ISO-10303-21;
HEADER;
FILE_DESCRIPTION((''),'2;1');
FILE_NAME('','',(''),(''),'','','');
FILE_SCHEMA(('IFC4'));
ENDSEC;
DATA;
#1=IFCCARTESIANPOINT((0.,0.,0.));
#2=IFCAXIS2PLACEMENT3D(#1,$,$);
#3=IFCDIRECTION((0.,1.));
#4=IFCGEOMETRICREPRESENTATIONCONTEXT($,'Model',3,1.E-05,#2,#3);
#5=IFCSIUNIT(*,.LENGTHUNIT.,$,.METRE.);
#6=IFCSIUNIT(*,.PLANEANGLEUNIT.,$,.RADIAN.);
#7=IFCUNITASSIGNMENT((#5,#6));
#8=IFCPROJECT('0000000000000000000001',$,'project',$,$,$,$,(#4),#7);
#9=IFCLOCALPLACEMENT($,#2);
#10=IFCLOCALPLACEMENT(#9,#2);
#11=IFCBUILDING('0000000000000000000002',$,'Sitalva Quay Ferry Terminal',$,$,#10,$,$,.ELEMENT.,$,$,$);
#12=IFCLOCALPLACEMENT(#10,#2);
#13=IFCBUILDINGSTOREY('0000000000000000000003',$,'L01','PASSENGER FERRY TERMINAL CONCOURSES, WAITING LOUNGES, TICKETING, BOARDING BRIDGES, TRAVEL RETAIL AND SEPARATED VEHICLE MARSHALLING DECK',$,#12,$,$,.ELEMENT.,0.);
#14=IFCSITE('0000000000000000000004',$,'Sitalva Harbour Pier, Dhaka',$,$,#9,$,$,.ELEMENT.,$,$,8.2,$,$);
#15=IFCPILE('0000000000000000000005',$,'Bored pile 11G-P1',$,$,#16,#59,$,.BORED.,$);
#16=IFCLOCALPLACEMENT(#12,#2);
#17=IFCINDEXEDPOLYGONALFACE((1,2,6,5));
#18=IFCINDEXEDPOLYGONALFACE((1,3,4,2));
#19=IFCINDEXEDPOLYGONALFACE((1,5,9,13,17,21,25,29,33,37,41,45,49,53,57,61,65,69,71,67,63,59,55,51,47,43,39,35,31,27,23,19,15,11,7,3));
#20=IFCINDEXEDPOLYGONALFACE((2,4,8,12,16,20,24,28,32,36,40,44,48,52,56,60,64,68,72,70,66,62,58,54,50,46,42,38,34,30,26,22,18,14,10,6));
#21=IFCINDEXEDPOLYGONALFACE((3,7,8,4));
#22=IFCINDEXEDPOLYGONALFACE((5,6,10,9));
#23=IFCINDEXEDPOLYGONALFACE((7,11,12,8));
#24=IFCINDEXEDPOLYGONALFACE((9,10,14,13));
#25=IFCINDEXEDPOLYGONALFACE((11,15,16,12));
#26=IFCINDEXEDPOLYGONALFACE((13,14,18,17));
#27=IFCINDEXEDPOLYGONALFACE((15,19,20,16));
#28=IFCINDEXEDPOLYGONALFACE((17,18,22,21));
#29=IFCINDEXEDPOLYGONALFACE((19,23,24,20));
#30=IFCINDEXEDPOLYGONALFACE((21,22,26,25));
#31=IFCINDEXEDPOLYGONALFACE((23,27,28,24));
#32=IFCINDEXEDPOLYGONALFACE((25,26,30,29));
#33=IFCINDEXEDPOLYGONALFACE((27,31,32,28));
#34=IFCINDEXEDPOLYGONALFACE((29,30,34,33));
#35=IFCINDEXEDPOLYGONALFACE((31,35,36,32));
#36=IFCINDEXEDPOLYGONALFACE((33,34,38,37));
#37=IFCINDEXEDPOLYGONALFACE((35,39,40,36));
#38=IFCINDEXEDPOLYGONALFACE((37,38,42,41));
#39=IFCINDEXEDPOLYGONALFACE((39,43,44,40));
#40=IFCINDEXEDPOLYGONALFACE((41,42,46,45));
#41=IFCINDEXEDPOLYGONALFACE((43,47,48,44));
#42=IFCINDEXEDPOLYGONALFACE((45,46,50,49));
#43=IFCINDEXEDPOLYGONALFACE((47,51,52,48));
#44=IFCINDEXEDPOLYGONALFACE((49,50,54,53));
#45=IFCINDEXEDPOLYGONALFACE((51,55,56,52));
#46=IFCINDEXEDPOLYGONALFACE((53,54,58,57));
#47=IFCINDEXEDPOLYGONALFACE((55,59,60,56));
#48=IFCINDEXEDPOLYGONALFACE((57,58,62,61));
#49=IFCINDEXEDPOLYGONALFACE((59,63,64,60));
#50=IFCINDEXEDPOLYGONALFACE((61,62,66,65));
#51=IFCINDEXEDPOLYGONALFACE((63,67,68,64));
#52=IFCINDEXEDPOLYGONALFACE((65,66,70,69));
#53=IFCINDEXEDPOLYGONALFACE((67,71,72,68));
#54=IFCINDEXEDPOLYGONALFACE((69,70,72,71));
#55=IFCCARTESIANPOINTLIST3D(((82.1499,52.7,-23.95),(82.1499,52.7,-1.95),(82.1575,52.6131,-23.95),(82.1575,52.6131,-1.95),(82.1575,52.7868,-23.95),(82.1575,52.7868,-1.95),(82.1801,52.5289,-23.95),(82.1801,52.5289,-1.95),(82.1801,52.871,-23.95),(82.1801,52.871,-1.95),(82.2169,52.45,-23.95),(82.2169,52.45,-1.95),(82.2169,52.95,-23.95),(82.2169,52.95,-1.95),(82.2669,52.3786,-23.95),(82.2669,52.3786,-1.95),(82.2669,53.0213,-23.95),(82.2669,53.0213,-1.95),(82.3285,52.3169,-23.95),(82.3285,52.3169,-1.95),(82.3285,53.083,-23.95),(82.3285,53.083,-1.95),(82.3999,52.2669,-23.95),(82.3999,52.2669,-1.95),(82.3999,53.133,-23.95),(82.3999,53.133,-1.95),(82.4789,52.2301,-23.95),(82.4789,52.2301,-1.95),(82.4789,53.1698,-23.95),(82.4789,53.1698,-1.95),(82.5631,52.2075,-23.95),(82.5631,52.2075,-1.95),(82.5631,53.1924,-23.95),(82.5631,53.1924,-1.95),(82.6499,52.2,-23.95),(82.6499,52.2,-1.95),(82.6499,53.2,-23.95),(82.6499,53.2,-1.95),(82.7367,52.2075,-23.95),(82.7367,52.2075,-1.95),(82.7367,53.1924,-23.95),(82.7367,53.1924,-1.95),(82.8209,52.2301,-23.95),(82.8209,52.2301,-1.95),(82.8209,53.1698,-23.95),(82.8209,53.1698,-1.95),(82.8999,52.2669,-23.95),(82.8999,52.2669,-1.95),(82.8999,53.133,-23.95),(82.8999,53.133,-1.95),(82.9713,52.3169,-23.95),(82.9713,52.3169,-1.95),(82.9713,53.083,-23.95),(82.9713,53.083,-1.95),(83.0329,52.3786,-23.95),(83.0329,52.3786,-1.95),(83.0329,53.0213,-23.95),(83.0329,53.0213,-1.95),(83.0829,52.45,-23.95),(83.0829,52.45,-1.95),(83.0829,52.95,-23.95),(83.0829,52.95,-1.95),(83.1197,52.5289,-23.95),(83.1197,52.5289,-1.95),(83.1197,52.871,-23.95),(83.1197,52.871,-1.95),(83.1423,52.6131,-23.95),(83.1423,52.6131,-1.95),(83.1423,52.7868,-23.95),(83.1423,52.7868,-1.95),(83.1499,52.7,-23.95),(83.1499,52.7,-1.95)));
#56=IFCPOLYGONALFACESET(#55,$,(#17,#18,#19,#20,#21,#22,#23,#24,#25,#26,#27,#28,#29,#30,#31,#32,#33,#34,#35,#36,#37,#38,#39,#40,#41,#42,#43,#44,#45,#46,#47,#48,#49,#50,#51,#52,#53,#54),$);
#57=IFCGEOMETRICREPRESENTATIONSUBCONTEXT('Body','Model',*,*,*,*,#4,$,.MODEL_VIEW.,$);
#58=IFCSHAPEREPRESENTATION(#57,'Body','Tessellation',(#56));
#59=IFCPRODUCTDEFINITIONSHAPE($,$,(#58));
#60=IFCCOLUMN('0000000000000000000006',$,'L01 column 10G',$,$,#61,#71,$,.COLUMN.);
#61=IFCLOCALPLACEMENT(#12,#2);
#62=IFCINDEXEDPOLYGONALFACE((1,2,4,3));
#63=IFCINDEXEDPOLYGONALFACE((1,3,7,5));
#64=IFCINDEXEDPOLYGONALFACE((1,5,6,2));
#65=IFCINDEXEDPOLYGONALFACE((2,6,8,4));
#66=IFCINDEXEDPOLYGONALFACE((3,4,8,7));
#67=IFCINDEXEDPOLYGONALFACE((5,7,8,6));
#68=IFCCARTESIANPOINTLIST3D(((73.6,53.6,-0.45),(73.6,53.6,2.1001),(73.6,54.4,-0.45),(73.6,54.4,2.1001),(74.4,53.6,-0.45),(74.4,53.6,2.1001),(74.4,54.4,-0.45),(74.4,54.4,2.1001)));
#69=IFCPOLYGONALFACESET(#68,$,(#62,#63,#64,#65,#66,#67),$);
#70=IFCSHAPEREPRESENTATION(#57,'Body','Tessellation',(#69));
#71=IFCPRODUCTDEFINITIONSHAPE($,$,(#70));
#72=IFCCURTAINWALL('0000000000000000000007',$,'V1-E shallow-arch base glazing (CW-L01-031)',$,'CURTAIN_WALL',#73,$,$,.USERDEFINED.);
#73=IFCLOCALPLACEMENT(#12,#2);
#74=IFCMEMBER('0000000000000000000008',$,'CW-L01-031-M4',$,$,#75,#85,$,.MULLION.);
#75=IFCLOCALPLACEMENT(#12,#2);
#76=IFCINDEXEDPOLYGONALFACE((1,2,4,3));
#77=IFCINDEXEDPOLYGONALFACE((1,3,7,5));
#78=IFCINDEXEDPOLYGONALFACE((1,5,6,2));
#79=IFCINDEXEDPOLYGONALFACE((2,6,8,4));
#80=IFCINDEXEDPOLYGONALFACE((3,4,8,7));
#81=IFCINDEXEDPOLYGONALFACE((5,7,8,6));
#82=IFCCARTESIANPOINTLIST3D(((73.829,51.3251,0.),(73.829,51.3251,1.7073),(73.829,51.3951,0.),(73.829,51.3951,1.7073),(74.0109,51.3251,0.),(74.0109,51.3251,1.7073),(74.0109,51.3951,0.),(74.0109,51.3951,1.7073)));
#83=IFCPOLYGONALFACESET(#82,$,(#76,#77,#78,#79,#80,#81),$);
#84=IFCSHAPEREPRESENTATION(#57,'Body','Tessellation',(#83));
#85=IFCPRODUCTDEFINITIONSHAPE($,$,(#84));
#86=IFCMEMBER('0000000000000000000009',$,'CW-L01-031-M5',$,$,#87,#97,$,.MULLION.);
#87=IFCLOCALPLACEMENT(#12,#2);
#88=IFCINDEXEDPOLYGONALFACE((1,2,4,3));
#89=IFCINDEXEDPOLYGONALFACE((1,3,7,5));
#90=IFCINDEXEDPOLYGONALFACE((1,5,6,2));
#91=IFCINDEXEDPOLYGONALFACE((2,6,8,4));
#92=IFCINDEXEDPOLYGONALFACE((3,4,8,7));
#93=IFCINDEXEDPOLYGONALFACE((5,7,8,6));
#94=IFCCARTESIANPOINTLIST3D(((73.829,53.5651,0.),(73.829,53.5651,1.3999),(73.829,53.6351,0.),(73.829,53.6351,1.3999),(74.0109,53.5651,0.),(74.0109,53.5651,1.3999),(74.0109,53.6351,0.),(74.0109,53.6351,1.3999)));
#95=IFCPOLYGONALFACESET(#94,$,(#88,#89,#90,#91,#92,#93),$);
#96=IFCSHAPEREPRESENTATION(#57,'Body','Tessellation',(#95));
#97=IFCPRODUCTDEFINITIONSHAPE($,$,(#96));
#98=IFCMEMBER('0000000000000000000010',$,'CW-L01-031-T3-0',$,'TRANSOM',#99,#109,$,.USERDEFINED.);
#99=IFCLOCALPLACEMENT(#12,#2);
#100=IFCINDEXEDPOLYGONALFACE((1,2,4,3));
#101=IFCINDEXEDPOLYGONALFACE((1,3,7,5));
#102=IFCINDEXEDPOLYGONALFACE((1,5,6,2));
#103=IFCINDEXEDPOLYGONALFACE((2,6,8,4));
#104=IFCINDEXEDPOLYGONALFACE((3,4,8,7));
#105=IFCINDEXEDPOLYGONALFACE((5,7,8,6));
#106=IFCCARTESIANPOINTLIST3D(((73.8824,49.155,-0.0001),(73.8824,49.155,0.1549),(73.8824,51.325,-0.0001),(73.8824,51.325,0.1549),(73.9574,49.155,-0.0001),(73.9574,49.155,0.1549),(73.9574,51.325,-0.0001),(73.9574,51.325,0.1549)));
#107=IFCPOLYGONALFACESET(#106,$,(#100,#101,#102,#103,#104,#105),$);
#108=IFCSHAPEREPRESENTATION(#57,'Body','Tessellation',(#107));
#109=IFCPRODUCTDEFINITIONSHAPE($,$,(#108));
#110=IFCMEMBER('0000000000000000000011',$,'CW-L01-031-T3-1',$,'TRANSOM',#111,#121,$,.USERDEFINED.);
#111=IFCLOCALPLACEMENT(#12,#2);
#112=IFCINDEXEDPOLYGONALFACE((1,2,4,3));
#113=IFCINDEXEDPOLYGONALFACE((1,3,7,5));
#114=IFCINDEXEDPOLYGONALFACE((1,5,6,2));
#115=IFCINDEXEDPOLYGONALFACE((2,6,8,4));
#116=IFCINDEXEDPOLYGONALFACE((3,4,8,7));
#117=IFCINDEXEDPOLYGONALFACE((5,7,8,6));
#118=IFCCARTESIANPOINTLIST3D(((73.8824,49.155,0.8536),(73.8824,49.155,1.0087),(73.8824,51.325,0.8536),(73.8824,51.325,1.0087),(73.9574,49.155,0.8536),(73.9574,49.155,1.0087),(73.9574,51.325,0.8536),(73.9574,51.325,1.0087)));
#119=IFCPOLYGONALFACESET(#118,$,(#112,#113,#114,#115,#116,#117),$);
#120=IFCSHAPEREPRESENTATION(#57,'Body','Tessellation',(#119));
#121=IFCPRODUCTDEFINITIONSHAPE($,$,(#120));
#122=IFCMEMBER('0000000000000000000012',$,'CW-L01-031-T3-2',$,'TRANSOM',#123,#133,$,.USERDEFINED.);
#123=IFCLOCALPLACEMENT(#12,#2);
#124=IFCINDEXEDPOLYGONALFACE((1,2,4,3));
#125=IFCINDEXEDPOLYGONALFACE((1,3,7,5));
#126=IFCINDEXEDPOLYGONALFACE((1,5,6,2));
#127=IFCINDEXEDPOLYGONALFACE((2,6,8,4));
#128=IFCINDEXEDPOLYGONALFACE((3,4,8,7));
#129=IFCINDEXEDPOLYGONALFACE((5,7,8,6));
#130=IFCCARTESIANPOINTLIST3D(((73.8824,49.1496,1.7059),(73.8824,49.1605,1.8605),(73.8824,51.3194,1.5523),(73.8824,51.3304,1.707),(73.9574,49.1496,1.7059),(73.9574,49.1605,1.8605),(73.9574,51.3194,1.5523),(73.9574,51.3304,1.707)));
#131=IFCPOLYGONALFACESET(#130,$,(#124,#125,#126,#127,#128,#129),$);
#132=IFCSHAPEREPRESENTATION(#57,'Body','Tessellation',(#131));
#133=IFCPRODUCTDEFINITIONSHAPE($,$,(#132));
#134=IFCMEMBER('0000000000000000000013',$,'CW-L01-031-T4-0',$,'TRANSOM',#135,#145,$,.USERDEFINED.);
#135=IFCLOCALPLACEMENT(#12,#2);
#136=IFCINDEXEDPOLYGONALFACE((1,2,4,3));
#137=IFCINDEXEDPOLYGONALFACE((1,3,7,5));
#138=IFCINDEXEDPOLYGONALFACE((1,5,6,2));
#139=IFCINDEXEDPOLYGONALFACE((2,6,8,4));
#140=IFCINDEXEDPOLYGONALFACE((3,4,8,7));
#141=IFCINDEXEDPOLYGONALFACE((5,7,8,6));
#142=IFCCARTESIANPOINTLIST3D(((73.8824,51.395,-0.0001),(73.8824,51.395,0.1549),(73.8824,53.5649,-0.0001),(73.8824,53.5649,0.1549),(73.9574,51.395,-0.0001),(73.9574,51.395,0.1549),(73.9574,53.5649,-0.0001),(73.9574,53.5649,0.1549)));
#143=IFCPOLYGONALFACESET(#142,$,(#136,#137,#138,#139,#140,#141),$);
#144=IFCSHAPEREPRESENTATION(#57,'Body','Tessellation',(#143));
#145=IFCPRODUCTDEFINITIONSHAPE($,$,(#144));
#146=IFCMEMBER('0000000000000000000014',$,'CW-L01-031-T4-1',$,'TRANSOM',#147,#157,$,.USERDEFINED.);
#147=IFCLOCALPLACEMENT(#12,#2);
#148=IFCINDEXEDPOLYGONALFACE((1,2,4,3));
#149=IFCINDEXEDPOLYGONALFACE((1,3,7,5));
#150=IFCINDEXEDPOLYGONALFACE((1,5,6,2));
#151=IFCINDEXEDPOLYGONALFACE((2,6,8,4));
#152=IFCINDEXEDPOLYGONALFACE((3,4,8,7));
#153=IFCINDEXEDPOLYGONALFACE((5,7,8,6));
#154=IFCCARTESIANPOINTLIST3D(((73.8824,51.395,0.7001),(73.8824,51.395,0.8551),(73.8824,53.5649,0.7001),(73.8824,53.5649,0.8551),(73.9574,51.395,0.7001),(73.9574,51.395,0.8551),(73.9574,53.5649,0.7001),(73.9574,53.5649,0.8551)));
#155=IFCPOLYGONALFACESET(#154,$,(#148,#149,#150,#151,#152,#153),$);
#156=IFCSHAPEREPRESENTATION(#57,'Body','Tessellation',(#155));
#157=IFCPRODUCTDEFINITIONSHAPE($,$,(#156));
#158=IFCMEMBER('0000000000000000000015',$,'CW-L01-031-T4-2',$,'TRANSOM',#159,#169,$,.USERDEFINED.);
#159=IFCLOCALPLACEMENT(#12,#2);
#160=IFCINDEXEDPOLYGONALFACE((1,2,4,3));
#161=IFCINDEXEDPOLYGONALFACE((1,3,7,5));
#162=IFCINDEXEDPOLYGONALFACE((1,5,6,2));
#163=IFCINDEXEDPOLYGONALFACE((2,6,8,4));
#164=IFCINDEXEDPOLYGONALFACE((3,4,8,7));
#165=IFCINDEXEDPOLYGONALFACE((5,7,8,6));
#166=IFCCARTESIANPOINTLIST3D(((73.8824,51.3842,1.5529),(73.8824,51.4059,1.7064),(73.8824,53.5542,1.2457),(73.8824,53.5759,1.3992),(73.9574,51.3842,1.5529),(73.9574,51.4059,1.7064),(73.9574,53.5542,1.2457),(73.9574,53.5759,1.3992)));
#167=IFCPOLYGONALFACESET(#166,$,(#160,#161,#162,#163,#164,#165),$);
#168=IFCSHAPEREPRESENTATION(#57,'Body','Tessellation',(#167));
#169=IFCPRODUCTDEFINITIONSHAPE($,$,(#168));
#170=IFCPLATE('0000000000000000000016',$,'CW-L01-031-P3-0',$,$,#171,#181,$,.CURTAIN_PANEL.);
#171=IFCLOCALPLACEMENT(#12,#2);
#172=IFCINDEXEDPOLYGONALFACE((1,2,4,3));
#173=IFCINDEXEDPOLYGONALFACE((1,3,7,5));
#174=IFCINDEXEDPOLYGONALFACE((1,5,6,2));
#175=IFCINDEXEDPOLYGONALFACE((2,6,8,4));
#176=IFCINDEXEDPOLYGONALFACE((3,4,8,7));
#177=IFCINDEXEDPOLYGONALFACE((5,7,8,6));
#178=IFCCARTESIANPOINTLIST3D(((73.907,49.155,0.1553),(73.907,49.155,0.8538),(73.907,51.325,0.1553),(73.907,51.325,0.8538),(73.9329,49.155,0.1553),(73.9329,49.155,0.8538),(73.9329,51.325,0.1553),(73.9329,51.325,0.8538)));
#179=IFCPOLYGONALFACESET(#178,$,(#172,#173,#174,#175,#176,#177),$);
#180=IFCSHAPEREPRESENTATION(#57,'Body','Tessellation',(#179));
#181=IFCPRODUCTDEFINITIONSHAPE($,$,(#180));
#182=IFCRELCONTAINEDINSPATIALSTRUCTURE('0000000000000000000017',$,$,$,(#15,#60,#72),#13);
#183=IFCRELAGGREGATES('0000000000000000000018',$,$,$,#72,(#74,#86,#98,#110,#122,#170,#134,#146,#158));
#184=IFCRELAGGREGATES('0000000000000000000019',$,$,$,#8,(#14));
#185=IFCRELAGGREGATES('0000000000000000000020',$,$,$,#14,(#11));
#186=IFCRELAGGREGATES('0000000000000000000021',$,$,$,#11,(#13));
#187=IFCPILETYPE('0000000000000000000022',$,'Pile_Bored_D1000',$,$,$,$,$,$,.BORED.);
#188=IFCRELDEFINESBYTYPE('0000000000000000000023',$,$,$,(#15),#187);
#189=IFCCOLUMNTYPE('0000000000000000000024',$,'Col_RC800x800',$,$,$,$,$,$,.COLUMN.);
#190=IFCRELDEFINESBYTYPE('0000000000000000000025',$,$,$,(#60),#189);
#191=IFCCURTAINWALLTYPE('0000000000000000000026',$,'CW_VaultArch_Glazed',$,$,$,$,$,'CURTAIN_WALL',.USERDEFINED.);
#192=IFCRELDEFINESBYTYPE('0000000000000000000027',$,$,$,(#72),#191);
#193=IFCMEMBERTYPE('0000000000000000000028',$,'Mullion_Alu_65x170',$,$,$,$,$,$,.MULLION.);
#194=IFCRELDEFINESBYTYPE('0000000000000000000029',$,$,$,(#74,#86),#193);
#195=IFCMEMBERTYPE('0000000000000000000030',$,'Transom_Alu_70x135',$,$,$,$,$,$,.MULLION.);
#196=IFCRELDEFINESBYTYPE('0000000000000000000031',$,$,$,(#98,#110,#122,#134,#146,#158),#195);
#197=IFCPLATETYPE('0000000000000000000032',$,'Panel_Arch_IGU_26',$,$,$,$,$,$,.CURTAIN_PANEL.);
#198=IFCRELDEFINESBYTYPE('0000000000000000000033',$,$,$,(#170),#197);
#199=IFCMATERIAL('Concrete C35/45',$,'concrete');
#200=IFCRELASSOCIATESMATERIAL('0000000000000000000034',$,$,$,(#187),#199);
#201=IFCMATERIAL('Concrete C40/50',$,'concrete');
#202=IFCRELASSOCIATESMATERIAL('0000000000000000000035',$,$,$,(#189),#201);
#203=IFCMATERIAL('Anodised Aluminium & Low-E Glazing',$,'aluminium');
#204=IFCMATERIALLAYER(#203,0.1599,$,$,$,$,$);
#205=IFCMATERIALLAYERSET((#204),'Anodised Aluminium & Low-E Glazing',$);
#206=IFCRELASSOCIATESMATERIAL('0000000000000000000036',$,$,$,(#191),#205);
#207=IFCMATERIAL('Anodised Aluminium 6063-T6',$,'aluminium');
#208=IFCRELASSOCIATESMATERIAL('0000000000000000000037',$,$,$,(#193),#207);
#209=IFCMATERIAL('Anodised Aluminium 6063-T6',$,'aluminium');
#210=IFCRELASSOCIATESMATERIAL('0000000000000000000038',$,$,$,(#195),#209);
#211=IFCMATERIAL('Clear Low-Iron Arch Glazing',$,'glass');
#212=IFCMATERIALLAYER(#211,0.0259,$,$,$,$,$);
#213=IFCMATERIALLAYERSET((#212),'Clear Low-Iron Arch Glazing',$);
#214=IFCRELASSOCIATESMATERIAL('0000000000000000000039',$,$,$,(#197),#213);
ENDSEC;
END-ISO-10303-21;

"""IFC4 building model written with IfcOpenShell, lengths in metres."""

from ifc_helpers import new_model, si_unit, direction, frame, origin, origin_2d, place, context, subcontext, project, spatial, rectangle, circle, extrude, material, layer, layer_set, material_profile, profile_set, type_object, element, aggregate, save


model = new_model("IFC4")

# Units and contexts
model_context = context("Model", 3, precision=1e-05, world=origin(), true_north=direction((0.0, 1.0)))
body_context = subcontext(model_context, "Body", "Model", "MODEL_VIEW")
ifc_project = project(units=[si_unit("LENGTHUNIT", "METRE"), si_unit("PLANEANGLEUNIT", "RADIAN")], contexts=[model_context])

# Site, building, storey
site_placement = place(None, origin())
site = spatial("IfcSite", under=ifc_project, at=site_placement, Name="Sitalva Harbour Pier, Dhaka", CompositionType="ELEMENT", RefElevation=8.2)
building_placement = place(site_placement, origin())
building = spatial("IfcBuilding", under=site, at=building_placement, Name="Sitalva Quay Ferry Terminal", CompositionType="ELEMENT")
storey_placement = place(building_placement, origin())
storey = spatial("IfcBuildingStorey", under=building, at=storey_placement, Name="L01", Description="PASSENGER FERRY TERMINAL CONCOURSES, WAITING LOUNGES, TICKETING, BOARDING BRIDGES, TRAVEL RETAIL AND SEPARATED VEHICLE MARSHALLING DECK", CompositionType="ELEMENT", Elevation=0.0)

# Pile
ifc_material_1 = material(Name="Concrete C35/45", Category="concrete")
ifc_material_profile_1 = material_profile(ifc_material_1, circle(Radius=0.5, at=origin_2d()), Name="PILE-D1000")
ifc_profile_set_1 = profile_set([ifc_material_profile_1], Name="Concrete C35/45")
pile_type = type_object("IfcPileType", Name="Pile_Bored_D1000", PredefinedType="BORED", material=ifc_profile_set_1)
for number, where, z_axis, x_axis, name in (
    (1, (82.6499, 52.7, -1.95), (0.0, 0.0, -1.0), (1.0, 0.0, 0.0), "Bored pile 11G-P1"),
):
    element("IfcPile", number, at=place(storey_placement, frame(where, z_axis=z_axis, x_axis=x_axis)), inside=storey, type_object=pile_type, Name=name, PredefinedType="BORED", context=body_context, shape_type="SweptSolid", body=[
        extrude(circle(Radius=0.5, at=origin_2d()), origin(), (0.0, 0.0, 1.0), 22.0),
    ])

# Column
ifc_material_2 = material(Name="Concrete C40/50", Category="concrete")
ifc_material_profile_2 = material_profile(ifc_material_2, rectangle(XDim=0.8, YDim=0.8, at=origin_2d()), Name="RC800x800")
ifc_profile_set_2 = profile_set([ifc_material_profile_2], Name="Concrete C40/50")
column_type = type_object("IfcColumnType", Name="Col_RC800x800", PredefinedType="COLUMN", material=ifc_profile_set_2)
column_placement = place(storey_placement, frame((74.0, 54.0, -0.45), z_axis=(0.0, 0.0, 1.0), x_axis=(1.0, 0.0, 0.0)))
element("IfcColumn", 2, at=column_placement, inside=storey, type_object=column_type, Name="L01 column 10G", PredefinedType="COLUMN", context=body_context, shape_type="SweptSolid", body=[
    extrude(rectangle(XDim=0.8, YDim=0.8, at=origin_2d()), origin(), (0.0, 0.0, 1.0), 2.55),
])

# Curtain wall, members, plate
ifc_material_3 = material(Name="Anodised Aluminium & Low-E Glazing", Category="aluminium")
ifc_layer_1 = layer(ifc_material_3, 0.1599)
ifc_layer_set_1 = layer_set([ifc_layer_1], Name="Anodised Aluminium & Low-E Glazing")
curtain_wall_type = type_object("IfcCurtainWallType", Name="CW_VaultArch_Glazed", ElementType="CURTAIN_WALL", PredefinedType="USERDEFINED", material=ifc_layer_set_1)
curtain_wall_placement = place(storey_placement, origin())
curtain_wall = element("IfcCurtainWall", 3, at=curtain_wall_placement, inside=storey, type_object=curtain_wall_type, Name="V1-E shallow-arch base glazing (CW-L01-031)", ObjectType="CURTAIN_WALL", PredefinedType="USERDEFINED")
ifc_material_4 = material(Name="Anodised Aluminium 6063-T6", Category="aluminium")
ifc_material_profile_3 = material_profile(ifc_material_4, rectangle(XDim=0.0701, YDim=0.1819, at=origin_2d()), Name="ALU70x182")
ifc_profile_set_3 = profile_set([ifc_material_profile_3], Name="Anodised Aluminium 6063-T6")
member_type_1 = type_object("IfcMemberType", Name="Mullion_Alu_65x170", PredefinedType="MULLION", material=ifc_profile_set_3)
member_1_placement = place(storey_placement, frame((73.9199, 51.3601, 0.0), z_axis=(0.0, 0.0, 1.0), x_axis=(0.0, 1.0, 0.0)))
member_1 = element("IfcMember", 4, at=member_1_placement, type_object=member_type_1, Name="CW-L01-031-M4", PredefinedType="MULLION", context=body_context, shape_type="SweptSolid", body=[
    extrude(rectangle(XDim=0.0701, YDim=0.1819, at=origin_2d()), origin(), (0.0, 0.0, 1.0), 1.7073),
])
member_2_placement = place(storey_placement, frame((73.9199, 53.6001, 0.0), z_axis=(0.0, 0.0, 1.0), x_axis=(0.0, 1.0, 0.0)))
member_2 = element("IfcMember", 5, at=member_2_placement, type_object=member_type_1, Name="CW-L01-031-M5", PredefinedType="MULLION", context=body_context, shape_type="SweptSolid", body=[
    extrude(rectangle(XDim=0.0701, YDim=0.1819, at=origin_2d()), origin(), (0.0, 0.0, 1.0), 1.3999),
])
ifc_material_5 = material(Name="Anodised Aluminium 6063-T6", Category="aluminium")
ifc_material_profile_4 = material_profile(ifc_material_5, rectangle(XDim=0.075, YDim=0.155, at=origin_2d()), Name="ALU75x155")
ifc_profile_set_4 = profile_set([ifc_material_profile_4], Name="Anodised Aluminium 6063-T6")
member_type_2 = type_object("IfcMemberType", Name="Transom_Alu_70x135", PredefinedType="MULLION", material=ifc_profile_set_4)
member_3_placement = place(storey_placement, frame((73.9199, 49.155, 0.0774), z_axis=(0.0, 1.0, 0.0), x_axis=(-1.0, 0.0, 0.0)))
member_3 = element("IfcMember", 6, at=member_3_placement, type_object=member_type_2, Name="CW-L01-031-T3-0", ObjectType="TRANSOM", PredefinedType="USERDEFINED", context=body_context, shape_type="SweptSolid", body=[
    extrude(rectangle(XDim=0.075, YDim=0.155, at=origin_2d()), origin(), (0.0, 0.0, 1.0), 2.1699),
])
member_4_placement = place(storey_placement, frame((73.9199, 49.155, 0.9312), z_axis=(0.0, 1.0, 0.0), x_axis=(-1.0, 0.0, 0.0)))
member_4 = element("IfcMember", 7, at=member_4_placement, type_object=member_type_2, Name="CW-L01-031-T3-1", ObjectType="TRANSOM", PredefinedType="USERDEFINED", context=body_context, shape_type="SweptSolid", body=[
    extrude(rectangle(XDim=0.075, YDim=0.155, at=origin_2d()), origin(), (0.0, 0.0, 1.0), 2.1699),
])
member_5_placement = place(storey_placement, frame((73.9199, 49.155, 1.7832), z_axis=(0.0, 0.997505, -0.070593), x_axis=(-1.0, 0.0, 0.0)))
member_5 = element("IfcMember", 8, at=member_5_placement, type_object=member_type_2, Name="CW-L01-031-T3-2", ObjectType="TRANSOM", PredefinedType="USERDEFINED", context=body_context, shape_type="SweptSolid", body=[
    extrude(rectangle(XDim=0.075, YDim=0.155, at=origin_2d()), origin(), (0.0, 0.0, 1.0), 2.1753),
])
member_6_placement = place(storey_placement, frame((73.9199, 51.395, 0.0774), z_axis=(0.0, 1.0, 0.0), x_axis=(-1.0, 0.0, 0.0)))
member_6 = element("IfcMember", 9, at=member_6_placement, type_object=member_type_2, Name="CW-L01-031-T4-0", ObjectType="TRANSOM", PredefinedType="USERDEFINED", context=body_context, shape_type="SweptSolid", body=[
    extrude(rectangle(XDim=0.075, YDim=0.155, at=origin_2d()), origin(), (0.0, 0.0, 1.0), 2.1699),
])
member_7_placement = place(storey_placement, frame((73.9199, 51.395, 0.7776), z_axis=(0.0, 1.0, 0.0), x_axis=(-1.0, 0.0, 0.0)))
member_7 = element("IfcMember", 10, at=member_7_placement, type_object=member_type_2, Name="CW-L01-031-T4-1", ObjectType="TRANSOM", PredefinedType="USERDEFINED", context=body_context, shape_type="SweptSolid", body=[
    extrude(rectangle(XDim=0.075, YDim=0.155, at=origin_2d()), origin(), (0.0, 0.0, 1.0), 2.1699),
])
member_8_placement = place(storey_placement, frame((73.9199, 51.395, 1.6296), z_axis=(0.0, 0.990131, -0.140142), x_axis=(-1.0, 0.0, 0.0)))
member_8 = element("IfcMember", 11, at=member_8_placement, type_object=member_type_2, Name="CW-L01-031-T4-2", ObjectType="TRANSOM", PredefinedType="USERDEFINED", context=body_context, shape_type="SweptSolid", body=[
    extrude(rectangle(XDim=0.075, YDim=0.155, at=origin_2d()), origin(), (0.0, 0.0, 1.0), 2.1917),
])
ifc_material_6 = material(Name="Clear Low-Iron Arch Glazing", Category="glass")
ifc_layer_2 = layer(ifc_material_6, 0.0259)
ifc_layer_set_2 = layer_set([ifc_layer_2], Name="Clear Low-Iron Arch Glazing")
plate_type = type_object("IfcPlateType", Name="Panel_Arch_IGU_26", PredefinedType="CURTAIN_PANEL", material=ifc_layer_set_2)
plate_1_placement = place(storey_placement, frame((73.9199, 50.24, 0.1553), z_axis=(0.0, 0.0, 1.0), x_axis=(0.0, 1.0, 0.0)))
plate_1 = element("IfcPlate", 12, at=plate_1_placement, type_object=plate_type, Name="CW-L01-031-P3-0", PredefinedType="CURTAIN_PANEL", context=body_context, shape_type="SweptSolid", body=[
    extrude(rectangle(XDim=2.1699, YDim=0.0259, at=origin_2d()), origin(), (0.0, 0.0, 1.0), 0.6985),
])
aggregate(curtain_wall, [member_1, member_2, member_3, member_4, member_5, plate_1, member_6, member_7, member_8])

save(model, "model.ifc")
